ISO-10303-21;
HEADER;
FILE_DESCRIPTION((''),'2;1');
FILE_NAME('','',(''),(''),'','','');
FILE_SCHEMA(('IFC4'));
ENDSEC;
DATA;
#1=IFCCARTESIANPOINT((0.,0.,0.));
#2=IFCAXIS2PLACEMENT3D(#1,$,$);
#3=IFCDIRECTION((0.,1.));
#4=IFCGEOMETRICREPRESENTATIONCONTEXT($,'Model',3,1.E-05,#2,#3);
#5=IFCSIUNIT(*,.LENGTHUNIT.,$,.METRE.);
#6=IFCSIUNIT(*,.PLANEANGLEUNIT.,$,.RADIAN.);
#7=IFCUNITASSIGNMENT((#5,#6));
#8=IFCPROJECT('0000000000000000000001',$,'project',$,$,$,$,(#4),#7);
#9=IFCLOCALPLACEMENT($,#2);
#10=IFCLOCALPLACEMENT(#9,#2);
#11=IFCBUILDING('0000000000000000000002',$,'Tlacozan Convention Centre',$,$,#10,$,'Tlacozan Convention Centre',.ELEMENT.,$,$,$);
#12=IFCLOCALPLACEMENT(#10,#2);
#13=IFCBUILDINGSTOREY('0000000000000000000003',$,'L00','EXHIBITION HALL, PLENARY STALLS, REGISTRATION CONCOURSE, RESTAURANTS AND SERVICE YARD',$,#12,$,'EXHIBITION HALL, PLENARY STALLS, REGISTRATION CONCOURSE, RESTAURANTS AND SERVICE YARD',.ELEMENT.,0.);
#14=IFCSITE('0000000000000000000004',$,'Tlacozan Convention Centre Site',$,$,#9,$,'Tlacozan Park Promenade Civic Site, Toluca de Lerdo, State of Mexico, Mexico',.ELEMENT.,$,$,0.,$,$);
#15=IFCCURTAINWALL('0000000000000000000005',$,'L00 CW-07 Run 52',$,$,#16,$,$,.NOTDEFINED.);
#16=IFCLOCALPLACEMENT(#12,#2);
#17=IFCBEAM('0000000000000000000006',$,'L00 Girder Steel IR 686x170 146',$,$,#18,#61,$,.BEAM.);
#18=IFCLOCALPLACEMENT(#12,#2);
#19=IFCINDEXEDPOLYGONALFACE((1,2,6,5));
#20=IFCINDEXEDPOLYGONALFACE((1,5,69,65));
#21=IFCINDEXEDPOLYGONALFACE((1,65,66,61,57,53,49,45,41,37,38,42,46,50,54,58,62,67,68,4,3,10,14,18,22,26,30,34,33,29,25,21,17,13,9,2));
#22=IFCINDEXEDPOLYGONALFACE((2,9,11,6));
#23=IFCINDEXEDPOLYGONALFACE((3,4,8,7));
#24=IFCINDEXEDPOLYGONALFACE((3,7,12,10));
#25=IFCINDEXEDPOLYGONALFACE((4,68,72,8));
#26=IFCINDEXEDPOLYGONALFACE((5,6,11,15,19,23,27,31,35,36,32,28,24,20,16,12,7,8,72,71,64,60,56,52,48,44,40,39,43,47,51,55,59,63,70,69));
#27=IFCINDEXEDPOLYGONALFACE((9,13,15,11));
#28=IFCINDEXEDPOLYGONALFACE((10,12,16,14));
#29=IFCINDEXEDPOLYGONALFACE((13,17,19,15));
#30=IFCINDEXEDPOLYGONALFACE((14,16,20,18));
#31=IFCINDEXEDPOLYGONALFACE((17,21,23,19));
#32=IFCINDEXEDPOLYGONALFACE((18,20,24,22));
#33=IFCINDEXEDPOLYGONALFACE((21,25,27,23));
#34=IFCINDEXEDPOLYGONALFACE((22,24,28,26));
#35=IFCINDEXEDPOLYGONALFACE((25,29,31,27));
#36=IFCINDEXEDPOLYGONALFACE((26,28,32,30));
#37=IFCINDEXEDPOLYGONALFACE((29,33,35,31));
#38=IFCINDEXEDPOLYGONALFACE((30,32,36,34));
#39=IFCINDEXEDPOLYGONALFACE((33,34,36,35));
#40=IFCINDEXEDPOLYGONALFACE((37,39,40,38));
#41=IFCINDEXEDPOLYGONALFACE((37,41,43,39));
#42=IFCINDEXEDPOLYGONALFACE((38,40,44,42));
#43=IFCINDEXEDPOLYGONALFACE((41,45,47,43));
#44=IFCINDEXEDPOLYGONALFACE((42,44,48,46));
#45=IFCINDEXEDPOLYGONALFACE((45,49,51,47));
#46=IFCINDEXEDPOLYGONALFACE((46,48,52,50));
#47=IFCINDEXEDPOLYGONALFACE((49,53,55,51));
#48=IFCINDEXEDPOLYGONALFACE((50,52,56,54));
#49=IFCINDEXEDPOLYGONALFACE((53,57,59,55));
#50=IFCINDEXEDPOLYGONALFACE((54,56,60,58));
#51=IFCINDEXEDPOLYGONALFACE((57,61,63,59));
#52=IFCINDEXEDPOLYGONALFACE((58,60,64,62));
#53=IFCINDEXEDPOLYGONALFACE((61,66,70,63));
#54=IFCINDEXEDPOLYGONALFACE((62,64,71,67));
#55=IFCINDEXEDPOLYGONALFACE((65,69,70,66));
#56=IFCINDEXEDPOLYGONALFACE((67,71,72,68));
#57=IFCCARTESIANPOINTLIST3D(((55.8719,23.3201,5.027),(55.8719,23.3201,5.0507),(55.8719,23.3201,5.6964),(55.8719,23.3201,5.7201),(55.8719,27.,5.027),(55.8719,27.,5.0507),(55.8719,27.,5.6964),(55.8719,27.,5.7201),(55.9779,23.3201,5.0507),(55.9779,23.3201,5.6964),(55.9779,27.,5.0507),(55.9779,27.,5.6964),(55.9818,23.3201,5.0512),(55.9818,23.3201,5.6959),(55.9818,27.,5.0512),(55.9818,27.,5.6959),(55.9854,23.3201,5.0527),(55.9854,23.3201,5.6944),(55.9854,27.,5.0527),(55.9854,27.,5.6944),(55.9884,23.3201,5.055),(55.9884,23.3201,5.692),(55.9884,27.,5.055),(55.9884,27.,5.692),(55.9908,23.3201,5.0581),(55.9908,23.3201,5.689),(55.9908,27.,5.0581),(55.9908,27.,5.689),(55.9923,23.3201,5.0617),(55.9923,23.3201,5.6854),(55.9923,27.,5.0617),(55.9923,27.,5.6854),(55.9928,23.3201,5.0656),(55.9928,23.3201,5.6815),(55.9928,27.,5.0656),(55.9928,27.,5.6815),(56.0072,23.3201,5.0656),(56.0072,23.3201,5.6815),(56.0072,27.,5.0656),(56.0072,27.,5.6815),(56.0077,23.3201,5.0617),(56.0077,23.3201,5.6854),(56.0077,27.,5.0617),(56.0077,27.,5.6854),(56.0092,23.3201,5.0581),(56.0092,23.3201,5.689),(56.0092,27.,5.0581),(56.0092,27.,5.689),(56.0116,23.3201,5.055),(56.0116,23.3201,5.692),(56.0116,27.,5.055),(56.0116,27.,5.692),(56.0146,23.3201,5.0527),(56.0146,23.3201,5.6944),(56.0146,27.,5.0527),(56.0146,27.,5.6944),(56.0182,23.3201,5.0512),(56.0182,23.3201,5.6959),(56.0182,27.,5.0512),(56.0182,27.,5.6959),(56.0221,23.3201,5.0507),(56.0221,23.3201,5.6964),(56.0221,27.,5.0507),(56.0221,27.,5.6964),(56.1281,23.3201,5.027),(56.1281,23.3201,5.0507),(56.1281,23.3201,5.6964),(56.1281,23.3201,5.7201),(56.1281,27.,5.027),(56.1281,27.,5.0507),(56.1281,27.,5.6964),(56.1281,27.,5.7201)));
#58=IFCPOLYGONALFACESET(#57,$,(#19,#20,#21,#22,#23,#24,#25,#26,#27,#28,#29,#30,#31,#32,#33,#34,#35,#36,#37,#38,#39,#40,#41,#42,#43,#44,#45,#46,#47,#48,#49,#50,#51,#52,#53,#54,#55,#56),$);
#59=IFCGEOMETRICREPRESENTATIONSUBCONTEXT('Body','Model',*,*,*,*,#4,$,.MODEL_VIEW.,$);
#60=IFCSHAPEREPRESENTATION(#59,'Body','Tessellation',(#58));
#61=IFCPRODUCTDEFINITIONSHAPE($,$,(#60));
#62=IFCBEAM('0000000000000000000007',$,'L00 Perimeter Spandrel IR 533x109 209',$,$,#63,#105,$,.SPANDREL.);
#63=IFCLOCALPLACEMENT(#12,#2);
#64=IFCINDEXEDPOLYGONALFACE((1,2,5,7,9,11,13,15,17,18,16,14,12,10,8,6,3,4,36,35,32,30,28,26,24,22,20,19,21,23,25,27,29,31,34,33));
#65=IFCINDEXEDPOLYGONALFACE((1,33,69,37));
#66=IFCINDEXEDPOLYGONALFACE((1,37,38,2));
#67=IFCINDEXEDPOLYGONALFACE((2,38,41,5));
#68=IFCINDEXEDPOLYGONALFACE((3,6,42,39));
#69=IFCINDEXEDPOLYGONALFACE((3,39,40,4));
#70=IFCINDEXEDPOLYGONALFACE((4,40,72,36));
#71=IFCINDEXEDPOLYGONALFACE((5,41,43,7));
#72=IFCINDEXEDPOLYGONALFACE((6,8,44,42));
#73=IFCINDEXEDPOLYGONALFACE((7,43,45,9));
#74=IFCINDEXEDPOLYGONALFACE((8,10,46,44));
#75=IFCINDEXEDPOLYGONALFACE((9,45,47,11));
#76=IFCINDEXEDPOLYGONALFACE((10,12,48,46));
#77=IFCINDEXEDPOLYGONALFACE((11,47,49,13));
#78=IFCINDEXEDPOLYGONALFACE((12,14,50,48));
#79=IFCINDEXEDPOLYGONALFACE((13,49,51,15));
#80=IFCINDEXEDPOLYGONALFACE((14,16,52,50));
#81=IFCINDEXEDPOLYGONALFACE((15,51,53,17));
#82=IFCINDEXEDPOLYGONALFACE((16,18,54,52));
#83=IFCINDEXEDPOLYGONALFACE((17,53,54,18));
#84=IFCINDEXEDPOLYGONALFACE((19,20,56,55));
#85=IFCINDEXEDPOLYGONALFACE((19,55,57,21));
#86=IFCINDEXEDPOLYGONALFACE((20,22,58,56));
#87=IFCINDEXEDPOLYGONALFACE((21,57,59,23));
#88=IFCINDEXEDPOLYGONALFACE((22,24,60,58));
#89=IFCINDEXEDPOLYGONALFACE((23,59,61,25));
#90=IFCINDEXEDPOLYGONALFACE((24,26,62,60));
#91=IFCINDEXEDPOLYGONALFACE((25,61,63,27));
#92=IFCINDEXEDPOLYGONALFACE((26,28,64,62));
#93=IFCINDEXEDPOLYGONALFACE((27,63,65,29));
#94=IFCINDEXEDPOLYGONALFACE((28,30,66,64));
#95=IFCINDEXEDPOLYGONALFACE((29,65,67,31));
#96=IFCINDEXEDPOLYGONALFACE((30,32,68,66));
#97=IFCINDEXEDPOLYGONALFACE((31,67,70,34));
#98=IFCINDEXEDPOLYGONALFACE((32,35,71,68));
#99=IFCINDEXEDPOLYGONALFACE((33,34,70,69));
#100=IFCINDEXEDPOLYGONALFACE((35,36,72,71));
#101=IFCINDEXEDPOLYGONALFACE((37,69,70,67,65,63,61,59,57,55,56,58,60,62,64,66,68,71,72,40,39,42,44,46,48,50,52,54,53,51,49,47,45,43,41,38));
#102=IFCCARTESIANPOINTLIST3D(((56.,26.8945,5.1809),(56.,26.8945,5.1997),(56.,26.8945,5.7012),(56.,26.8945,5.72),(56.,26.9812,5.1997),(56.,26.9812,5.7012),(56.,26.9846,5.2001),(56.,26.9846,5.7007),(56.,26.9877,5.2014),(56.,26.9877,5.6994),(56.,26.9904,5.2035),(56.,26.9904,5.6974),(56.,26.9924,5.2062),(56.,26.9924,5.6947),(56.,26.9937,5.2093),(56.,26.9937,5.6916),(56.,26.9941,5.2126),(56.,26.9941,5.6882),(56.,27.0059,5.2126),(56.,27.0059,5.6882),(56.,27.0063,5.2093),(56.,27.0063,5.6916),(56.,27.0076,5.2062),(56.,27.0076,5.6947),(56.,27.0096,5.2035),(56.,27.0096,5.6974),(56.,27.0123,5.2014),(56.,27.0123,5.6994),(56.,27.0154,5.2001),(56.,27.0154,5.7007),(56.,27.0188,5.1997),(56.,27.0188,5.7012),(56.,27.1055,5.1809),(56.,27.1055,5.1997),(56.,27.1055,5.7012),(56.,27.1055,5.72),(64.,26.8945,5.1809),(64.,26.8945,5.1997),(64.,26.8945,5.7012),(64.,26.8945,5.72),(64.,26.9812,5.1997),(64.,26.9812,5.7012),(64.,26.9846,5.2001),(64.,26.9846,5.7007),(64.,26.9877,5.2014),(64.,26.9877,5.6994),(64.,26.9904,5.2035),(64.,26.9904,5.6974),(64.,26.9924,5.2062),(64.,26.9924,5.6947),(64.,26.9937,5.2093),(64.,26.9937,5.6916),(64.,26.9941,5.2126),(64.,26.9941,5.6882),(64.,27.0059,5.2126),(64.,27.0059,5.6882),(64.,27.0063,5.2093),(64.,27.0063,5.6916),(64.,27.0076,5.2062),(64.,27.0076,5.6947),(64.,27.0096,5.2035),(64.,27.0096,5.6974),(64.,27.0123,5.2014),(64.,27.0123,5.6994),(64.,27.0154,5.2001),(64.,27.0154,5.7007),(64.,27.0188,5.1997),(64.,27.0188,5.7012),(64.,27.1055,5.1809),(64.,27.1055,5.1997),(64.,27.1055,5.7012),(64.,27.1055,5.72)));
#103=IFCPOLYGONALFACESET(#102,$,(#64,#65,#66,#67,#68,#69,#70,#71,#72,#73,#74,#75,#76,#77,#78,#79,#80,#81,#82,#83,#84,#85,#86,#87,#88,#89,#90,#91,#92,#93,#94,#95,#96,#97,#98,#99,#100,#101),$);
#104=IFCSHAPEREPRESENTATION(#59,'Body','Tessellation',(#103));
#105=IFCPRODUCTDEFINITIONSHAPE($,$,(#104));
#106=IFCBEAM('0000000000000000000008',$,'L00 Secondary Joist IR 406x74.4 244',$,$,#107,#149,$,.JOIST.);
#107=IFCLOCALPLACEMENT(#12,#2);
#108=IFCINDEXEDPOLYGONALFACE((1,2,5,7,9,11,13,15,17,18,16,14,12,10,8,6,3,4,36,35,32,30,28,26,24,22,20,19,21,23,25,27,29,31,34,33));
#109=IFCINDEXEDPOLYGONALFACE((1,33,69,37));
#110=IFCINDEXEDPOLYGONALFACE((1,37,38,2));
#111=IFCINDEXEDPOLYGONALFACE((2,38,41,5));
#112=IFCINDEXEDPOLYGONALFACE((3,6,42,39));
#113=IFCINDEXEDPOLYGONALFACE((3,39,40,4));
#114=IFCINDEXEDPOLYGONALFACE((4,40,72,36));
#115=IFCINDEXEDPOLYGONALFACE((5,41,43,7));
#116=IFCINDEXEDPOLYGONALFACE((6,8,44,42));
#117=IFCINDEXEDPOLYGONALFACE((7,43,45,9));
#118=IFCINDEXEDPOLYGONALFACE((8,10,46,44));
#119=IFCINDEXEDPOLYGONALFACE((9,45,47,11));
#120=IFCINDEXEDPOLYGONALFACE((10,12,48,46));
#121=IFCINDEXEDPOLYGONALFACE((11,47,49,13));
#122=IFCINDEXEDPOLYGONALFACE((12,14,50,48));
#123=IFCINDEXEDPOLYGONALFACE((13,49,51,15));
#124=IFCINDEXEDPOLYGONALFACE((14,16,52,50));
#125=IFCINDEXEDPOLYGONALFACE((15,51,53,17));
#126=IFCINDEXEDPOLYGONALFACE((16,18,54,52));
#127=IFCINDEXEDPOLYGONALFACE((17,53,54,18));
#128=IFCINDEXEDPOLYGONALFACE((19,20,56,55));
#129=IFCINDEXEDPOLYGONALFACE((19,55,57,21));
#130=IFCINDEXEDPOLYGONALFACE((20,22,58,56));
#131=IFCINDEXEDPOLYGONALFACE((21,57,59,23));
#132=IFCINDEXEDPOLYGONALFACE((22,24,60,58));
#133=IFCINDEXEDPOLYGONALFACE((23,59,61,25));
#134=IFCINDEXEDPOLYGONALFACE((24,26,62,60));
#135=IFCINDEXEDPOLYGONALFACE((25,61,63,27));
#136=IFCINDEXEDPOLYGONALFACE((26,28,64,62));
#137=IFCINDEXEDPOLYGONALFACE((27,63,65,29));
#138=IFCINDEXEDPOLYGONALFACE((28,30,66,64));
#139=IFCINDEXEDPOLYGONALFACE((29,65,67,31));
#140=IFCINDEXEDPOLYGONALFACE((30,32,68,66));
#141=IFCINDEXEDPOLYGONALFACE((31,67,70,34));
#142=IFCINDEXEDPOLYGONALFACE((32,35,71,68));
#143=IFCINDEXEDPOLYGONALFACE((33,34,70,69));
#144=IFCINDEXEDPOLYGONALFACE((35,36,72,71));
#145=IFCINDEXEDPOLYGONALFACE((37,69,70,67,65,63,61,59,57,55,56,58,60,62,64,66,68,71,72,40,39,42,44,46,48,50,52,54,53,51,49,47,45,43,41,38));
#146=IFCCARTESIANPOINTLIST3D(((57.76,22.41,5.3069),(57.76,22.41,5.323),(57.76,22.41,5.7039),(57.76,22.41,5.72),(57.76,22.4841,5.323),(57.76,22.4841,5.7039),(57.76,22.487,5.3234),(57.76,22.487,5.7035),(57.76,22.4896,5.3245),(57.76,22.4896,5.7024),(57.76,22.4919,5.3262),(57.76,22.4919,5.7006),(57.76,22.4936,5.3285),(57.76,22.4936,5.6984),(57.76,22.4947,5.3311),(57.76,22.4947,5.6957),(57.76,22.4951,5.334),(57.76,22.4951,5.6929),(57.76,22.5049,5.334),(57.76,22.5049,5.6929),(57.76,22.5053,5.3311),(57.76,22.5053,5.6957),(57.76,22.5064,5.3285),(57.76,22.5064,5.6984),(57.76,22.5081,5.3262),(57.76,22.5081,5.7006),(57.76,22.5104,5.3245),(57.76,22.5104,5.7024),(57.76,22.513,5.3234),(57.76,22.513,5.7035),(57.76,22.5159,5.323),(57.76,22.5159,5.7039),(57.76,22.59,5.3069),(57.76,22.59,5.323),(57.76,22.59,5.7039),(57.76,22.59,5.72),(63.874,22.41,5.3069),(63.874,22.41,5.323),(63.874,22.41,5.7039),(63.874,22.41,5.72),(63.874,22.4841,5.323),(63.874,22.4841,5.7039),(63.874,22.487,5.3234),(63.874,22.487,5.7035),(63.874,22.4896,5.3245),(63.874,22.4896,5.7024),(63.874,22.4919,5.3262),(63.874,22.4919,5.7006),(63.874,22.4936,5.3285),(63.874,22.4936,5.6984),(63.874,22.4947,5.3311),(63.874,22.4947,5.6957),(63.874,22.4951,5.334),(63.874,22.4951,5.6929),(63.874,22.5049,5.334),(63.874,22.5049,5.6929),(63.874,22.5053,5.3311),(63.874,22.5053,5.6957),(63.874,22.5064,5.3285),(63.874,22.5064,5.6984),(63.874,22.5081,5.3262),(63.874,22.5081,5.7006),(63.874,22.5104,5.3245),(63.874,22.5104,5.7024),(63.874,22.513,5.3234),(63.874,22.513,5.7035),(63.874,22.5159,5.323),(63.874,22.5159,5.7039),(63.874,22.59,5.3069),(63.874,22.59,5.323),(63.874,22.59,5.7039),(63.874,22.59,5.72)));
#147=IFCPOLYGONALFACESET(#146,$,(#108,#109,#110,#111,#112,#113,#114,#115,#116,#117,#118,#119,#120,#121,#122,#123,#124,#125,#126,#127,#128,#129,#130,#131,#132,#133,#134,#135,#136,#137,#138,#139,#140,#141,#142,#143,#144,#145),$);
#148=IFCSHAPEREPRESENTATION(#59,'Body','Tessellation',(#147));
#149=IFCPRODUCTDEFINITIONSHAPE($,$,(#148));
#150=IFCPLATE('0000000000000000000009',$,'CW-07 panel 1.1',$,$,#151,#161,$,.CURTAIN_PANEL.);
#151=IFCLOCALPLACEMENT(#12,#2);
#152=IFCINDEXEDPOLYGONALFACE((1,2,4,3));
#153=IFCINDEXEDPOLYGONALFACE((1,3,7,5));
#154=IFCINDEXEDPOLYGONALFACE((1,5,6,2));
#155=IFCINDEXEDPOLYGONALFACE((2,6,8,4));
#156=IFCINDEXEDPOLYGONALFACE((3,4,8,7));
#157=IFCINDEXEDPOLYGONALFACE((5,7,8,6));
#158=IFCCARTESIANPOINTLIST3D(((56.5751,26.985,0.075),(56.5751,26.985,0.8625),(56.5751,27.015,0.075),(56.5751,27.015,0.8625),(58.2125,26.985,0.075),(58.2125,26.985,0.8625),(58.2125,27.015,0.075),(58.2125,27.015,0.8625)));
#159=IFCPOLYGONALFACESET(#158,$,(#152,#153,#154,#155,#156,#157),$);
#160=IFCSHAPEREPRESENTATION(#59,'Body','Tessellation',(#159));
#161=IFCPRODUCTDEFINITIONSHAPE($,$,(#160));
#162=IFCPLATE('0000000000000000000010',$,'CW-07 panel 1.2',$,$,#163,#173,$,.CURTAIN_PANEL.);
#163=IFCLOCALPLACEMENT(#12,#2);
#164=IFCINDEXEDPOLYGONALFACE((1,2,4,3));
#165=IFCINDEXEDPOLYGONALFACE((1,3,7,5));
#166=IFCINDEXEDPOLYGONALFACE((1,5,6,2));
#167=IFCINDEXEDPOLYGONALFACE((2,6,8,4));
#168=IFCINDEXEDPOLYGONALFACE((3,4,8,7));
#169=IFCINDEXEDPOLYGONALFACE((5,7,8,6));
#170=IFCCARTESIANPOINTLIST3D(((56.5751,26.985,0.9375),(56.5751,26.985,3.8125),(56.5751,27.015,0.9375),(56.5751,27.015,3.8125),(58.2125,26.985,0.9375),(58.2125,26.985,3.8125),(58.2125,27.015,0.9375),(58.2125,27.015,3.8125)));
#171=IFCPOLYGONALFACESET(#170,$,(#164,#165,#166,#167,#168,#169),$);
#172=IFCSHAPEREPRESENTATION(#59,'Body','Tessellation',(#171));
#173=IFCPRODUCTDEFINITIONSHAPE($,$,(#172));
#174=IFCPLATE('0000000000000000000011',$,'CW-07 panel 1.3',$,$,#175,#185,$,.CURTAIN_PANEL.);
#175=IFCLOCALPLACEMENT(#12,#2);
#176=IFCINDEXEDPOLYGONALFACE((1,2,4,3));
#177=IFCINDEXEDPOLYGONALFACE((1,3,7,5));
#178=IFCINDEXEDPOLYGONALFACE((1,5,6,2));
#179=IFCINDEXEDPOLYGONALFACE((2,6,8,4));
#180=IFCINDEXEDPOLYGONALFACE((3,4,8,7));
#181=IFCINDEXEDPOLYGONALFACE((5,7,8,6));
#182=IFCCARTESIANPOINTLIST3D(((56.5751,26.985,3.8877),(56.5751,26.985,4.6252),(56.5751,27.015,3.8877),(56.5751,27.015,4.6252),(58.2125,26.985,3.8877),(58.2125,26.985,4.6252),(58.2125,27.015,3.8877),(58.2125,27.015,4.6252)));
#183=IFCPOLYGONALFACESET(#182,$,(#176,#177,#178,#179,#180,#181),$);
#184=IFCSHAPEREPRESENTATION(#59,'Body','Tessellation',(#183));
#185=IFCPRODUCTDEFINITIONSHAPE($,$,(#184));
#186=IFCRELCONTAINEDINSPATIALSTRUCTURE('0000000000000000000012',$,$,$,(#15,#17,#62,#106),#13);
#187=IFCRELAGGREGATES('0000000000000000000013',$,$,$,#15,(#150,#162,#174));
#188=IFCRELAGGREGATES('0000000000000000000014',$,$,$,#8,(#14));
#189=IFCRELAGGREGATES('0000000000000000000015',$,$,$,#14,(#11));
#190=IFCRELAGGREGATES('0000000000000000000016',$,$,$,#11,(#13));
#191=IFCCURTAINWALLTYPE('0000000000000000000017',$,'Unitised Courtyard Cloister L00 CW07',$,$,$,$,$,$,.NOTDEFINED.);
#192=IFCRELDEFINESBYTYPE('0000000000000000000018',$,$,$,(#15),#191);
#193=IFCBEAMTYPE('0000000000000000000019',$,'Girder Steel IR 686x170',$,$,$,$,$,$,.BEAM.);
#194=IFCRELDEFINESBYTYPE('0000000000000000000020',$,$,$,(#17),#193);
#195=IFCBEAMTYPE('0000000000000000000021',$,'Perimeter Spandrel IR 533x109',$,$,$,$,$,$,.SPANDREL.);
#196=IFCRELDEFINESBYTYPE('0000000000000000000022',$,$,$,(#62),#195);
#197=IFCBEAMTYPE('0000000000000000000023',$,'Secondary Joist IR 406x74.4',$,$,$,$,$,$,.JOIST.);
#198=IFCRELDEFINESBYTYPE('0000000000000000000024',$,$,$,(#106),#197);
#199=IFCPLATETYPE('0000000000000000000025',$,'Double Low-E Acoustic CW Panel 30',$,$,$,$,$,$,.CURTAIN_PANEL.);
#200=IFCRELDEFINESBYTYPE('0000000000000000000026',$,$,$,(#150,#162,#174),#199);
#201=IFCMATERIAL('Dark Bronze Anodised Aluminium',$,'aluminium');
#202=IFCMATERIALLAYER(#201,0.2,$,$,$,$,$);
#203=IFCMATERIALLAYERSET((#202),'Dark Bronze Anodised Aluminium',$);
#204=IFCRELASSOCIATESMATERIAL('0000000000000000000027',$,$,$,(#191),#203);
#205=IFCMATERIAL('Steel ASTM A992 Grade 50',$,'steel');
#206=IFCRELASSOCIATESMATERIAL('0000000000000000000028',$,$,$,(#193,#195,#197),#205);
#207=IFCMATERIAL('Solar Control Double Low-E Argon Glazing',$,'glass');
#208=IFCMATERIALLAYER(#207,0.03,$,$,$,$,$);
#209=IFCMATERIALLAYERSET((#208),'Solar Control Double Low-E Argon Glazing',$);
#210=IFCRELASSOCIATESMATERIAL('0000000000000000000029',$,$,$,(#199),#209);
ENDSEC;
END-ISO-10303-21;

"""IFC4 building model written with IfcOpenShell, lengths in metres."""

from ifc_helpers import new_model, si_unit, direction, frame, origin, origin_2d, place, context, subcontext, project, spatial, rectangle, i_section, extrude, material, layer, layer_set, material_profile, profile_set, type_object, element, aggregate, save


model = new_model("IFC4")

# Units and contexts
model_context = context("Model", 3, precision=1e-05, world=origin(), true_north=direction((0.0, 1.0)))
body_context = subcontext(model_context, "Body", "Model", "MODEL_VIEW")
ifc_project = project(units=[si_unit("LENGTHUNIT", "METRE"), si_unit("PLANEANGLEUNIT", "RADIAN")], contexts=[model_context])

# Site, building, storey
site_placement = place(None, origin())
site = spatial("IfcSite", under=ifc_project, at=site_placement, Name="Tlacozan Convention Centre Site", LongName="Tlacozan Park Promenade Civic Site, Toluca de Lerdo, State of Mexico, Mexico", CompositionType="ELEMENT", RefElevation=0.0)
building_placement = place(site_placement, origin())
building = spatial("IfcBuilding", under=site, at=building_placement, Name="Tlacozan Convention Centre", LongName="Tlacozan Convention Centre", CompositionType="ELEMENT")
storey_placement = place(building_placement, origin())
storey = spatial("IfcBuildingStorey", under=building, at=storey_placement, Name="L00", Description="EXHIBITION HALL, PLENARY STALLS, REGISTRATION CONCOURSE, RESTAURANTS AND SERVICE YARD", LongName="EXHIBITION HALL, PLENARY STALLS, REGISTRATION CONCOURSE, RESTAURANTS AND SERVICE YARD", CompositionType="ELEMENT", Elevation=0.0)

# Curtain wall
ifc_material_1 = material(Name="Dark Bronze Anodised Aluminium", Category="aluminium")
ifc_layer_1 = layer(ifc_material_1, 0.2)
ifc_layer_set_1 = layer_set([ifc_layer_1], Name="Dark Bronze Anodised Aluminium")
curtain_wall_type = type_object("IfcCurtainWallType", Name="Unitised Courtyard Cloister L00 CW07", PredefinedType="NOTDEFINED", material=ifc_layer_set_1)
curtain_wall_placement = place(storey_placement, origin())
curtain_wall = element("IfcCurtainWall", 1, at=curtain_wall_placement, inside=storey, type_object=curtain_wall_type, Name="L00 CW-07 Run 52", PredefinedType="NOTDEFINED")

# Beams
ifc_material_2 = material(Name="Steel ASTM A992 Grade 50", Category="steel")
ifc_material_profile_1 = material_profile(ifc_material_2, i_section(OverallWidth=0.2561, OverallDepth=0.6931, WebThickness=0.0144, FlangeThickness=0.0237, FilletRadius=0.0149, at=origin_2d()), Name="IR 686x170.0")
ifc_profile_set_1 = profile_set([ifc_material_profile_1], Name="Steel ASTM A992 Grade 50")
beam_type_1 = type_object("IfcBeamType", Name="Girder Steel IR 686x170", PredefinedType="BEAM", material=ifc_profile_set_1)
beam_1_placement = place(storey_placement, frame((56.0, 23.3201, 5.3735), z_axis=(0.0, 1.0, 0.0), x_axis=(-1.0, 0.0, 0.0)))
element("IfcBeam", 2, at=beam_1_placement, inside=storey, type_object=beam_type_1, Name="L00 Girder Steel IR 686x170 146", PredefinedType="BEAM", context=body_context, shape_type="SweptSolid", body=[
    extrude(i_section(OverallWidth=0.2561, OverallDepth=0.6931, WebThickness=0.0144, FlangeThickness=0.0237, FilletRadius=0.0149, at=origin_2d()), origin(), (0.0, 0.0, 1.0), 3.6799),
])
ifc_material_profile_2 = material_profile(ifc_material_2, i_section(OverallWidth=0.2109, OverallDepth=0.5391, WebThickness=0.0117, FlangeThickness=0.0188, FilletRadius=0.0129, at=origin_2d()), Name="IR 533x109.0")
ifc_profile_set_2 = profile_set([ifc_material_profile_2], Name="Steel ASTM A992 Grade 50")
beam_type_2 = type_object("IfcBeamType", Name="Perimeter Spandrel IR 533x109", PredefinedType="SPANDREL", material=ifc_profile_set_2)
beam_2_placement = place(storey_placement, frame((56.0, 27.0, 5.4504), z_axis=(1.0, 0.0, 0.0), x_axis=(0.0, 1.0, 0.0)))
element("IfcBeam", 3, at=beam_2_placement, inside=storey, type_object=beam_type_2, Name="L00 Perimeter Spandrel IR 533x109 209", PredefinedType="SPANDREL", context=body_context, shape_type="SweptSolid", body=[
    extrude(i_section(OverallWidth=0.2109, OverallDepth=0.5391, WebThickness=0.0117, FlangeThickness=0.0188, FilletRadius=0.0129, at=origin_2d()), origin(), (0.0, 0.0, 1.0), 8.0),
])
ifc_material_profile_3 = material_profile(ifc_material_2, i_section(OverallWidth=0.1799, OverallDepth=0.4131, WebThickness=0.0098, FlangeThickness=0.0161, FilletRadius=0.011, at=origin_2d()), Name="IR 406x74.4")
ifc_profile_set_3 = profile_set([ifc_material_profile_3], Name="Steel ASTM A992 Grade 50")
beam_type_3 = type_object("IfcBeamType", Name="Secondary Joist IR 406x74.4", PredefinedType="JOIST", material=ifc_profile_set_3)
beam_3_placement = place(storey_placement, frame((57.76, 22.5, 5.5134), z_axis=(1.0, 0.0, 0.0), x_axis=(0.0, 1.0, 0.0)))
element("IfcBeam", 4, at=beam_3_placement, inside=storey, type_object=beam_type_3, Name="L00 Secondary Joist IR 406x74.4 244", PredefinedType="JOIST", context=body_context, shape_type="SweptSolid", body=[
    extrude(i_section(OverallWidth=0.1799, OverallDepth=0.4131, WebThickness=0.0098, FlangeThickness=0.0161, FilletRadius=0.011, at=origin_2d()), origin(), (0.0, 0.0, 1.0), 6.114),
])

# Plates
ifc_material_3 = material(Name="Solar Control Double Low-E Argon Glazing", Category="glass")
ifc_layer_2 = layer(ifc_material_3, 0.03)
ifc_layer_set_2 = layer_set([ifc_layer_2], Name="Solar Control Double Low-E Argon Glazing")
plate_type = type_object("IfcPlateType", Name="Double Low-E Acoustic CW Panel 30", PredefinedType="CURTAIN_PANEL", material=ifc_layer_set_2)
plate_1_placement = place(storey_placement, frame((57.3938, 27.0, 0.075), z_axis=(0.0, 0.0, 1.0), x_axis=(1.0, 0.0, 0.0)))
plate_1 = element("IfcPlate", 5, at=plate_1_placement, type_object=plate_type, Name="CW-07 panel 1.1", PredefinedType="CURTAIN_PANEL", context=body_context, shape_type="SweptSolid", body=[
    extrude(rectangle(XDim=1.6375, YDim=0.03, at=origin_2d()), origin(), (0.0, 0.0, 1.0), 0.7876),
])
plate_2_placement = place(storey_placement, frame((57.3938, 27.0, 0.9375), z_axis=(0.0, 0.0, 1.0), x_axis=(1.0, 0.0, 0.0)))
plate_2 = element("IfcPlate", 6, at=plate_2_placement, type_object=plate_type, Name="CW-07 panel 1.2", PredefinedType="CURTAIN_PANEL", context=body_context, shape_type="SweptSolid", body=[
    extrude(rectangle(XDim=1.6375, YDim=0.03, at=origin_2d()), origin(), (0.0, 0.0, 1.0), 2.875),
])
plate_3_placement = place(storey_placement, frame((57.3938, 27.0, 3.8877), z_axis=(0.0, 0.0, 1.0), x_axis=(1.0, 0.0, 0.0)))
plate_3 = element("IfcPlate", 7, at=plate_3_placement, type_object=plate_type, Name="CW-07 panel 1.3", PredefinedType="CURTAIN_PANEL", context=body_context, shape_type="SweptSolid", body=[
    extrude(rectangle(XDim=1.6375, YDim=0.03, at=origin_2d()), origin(), (0.0, 0.0, 1.0), 0.7375),
])
aggregate(curtain_wall, [plate_1, plate_2, plate_3])

save(model, "model.ifc")
